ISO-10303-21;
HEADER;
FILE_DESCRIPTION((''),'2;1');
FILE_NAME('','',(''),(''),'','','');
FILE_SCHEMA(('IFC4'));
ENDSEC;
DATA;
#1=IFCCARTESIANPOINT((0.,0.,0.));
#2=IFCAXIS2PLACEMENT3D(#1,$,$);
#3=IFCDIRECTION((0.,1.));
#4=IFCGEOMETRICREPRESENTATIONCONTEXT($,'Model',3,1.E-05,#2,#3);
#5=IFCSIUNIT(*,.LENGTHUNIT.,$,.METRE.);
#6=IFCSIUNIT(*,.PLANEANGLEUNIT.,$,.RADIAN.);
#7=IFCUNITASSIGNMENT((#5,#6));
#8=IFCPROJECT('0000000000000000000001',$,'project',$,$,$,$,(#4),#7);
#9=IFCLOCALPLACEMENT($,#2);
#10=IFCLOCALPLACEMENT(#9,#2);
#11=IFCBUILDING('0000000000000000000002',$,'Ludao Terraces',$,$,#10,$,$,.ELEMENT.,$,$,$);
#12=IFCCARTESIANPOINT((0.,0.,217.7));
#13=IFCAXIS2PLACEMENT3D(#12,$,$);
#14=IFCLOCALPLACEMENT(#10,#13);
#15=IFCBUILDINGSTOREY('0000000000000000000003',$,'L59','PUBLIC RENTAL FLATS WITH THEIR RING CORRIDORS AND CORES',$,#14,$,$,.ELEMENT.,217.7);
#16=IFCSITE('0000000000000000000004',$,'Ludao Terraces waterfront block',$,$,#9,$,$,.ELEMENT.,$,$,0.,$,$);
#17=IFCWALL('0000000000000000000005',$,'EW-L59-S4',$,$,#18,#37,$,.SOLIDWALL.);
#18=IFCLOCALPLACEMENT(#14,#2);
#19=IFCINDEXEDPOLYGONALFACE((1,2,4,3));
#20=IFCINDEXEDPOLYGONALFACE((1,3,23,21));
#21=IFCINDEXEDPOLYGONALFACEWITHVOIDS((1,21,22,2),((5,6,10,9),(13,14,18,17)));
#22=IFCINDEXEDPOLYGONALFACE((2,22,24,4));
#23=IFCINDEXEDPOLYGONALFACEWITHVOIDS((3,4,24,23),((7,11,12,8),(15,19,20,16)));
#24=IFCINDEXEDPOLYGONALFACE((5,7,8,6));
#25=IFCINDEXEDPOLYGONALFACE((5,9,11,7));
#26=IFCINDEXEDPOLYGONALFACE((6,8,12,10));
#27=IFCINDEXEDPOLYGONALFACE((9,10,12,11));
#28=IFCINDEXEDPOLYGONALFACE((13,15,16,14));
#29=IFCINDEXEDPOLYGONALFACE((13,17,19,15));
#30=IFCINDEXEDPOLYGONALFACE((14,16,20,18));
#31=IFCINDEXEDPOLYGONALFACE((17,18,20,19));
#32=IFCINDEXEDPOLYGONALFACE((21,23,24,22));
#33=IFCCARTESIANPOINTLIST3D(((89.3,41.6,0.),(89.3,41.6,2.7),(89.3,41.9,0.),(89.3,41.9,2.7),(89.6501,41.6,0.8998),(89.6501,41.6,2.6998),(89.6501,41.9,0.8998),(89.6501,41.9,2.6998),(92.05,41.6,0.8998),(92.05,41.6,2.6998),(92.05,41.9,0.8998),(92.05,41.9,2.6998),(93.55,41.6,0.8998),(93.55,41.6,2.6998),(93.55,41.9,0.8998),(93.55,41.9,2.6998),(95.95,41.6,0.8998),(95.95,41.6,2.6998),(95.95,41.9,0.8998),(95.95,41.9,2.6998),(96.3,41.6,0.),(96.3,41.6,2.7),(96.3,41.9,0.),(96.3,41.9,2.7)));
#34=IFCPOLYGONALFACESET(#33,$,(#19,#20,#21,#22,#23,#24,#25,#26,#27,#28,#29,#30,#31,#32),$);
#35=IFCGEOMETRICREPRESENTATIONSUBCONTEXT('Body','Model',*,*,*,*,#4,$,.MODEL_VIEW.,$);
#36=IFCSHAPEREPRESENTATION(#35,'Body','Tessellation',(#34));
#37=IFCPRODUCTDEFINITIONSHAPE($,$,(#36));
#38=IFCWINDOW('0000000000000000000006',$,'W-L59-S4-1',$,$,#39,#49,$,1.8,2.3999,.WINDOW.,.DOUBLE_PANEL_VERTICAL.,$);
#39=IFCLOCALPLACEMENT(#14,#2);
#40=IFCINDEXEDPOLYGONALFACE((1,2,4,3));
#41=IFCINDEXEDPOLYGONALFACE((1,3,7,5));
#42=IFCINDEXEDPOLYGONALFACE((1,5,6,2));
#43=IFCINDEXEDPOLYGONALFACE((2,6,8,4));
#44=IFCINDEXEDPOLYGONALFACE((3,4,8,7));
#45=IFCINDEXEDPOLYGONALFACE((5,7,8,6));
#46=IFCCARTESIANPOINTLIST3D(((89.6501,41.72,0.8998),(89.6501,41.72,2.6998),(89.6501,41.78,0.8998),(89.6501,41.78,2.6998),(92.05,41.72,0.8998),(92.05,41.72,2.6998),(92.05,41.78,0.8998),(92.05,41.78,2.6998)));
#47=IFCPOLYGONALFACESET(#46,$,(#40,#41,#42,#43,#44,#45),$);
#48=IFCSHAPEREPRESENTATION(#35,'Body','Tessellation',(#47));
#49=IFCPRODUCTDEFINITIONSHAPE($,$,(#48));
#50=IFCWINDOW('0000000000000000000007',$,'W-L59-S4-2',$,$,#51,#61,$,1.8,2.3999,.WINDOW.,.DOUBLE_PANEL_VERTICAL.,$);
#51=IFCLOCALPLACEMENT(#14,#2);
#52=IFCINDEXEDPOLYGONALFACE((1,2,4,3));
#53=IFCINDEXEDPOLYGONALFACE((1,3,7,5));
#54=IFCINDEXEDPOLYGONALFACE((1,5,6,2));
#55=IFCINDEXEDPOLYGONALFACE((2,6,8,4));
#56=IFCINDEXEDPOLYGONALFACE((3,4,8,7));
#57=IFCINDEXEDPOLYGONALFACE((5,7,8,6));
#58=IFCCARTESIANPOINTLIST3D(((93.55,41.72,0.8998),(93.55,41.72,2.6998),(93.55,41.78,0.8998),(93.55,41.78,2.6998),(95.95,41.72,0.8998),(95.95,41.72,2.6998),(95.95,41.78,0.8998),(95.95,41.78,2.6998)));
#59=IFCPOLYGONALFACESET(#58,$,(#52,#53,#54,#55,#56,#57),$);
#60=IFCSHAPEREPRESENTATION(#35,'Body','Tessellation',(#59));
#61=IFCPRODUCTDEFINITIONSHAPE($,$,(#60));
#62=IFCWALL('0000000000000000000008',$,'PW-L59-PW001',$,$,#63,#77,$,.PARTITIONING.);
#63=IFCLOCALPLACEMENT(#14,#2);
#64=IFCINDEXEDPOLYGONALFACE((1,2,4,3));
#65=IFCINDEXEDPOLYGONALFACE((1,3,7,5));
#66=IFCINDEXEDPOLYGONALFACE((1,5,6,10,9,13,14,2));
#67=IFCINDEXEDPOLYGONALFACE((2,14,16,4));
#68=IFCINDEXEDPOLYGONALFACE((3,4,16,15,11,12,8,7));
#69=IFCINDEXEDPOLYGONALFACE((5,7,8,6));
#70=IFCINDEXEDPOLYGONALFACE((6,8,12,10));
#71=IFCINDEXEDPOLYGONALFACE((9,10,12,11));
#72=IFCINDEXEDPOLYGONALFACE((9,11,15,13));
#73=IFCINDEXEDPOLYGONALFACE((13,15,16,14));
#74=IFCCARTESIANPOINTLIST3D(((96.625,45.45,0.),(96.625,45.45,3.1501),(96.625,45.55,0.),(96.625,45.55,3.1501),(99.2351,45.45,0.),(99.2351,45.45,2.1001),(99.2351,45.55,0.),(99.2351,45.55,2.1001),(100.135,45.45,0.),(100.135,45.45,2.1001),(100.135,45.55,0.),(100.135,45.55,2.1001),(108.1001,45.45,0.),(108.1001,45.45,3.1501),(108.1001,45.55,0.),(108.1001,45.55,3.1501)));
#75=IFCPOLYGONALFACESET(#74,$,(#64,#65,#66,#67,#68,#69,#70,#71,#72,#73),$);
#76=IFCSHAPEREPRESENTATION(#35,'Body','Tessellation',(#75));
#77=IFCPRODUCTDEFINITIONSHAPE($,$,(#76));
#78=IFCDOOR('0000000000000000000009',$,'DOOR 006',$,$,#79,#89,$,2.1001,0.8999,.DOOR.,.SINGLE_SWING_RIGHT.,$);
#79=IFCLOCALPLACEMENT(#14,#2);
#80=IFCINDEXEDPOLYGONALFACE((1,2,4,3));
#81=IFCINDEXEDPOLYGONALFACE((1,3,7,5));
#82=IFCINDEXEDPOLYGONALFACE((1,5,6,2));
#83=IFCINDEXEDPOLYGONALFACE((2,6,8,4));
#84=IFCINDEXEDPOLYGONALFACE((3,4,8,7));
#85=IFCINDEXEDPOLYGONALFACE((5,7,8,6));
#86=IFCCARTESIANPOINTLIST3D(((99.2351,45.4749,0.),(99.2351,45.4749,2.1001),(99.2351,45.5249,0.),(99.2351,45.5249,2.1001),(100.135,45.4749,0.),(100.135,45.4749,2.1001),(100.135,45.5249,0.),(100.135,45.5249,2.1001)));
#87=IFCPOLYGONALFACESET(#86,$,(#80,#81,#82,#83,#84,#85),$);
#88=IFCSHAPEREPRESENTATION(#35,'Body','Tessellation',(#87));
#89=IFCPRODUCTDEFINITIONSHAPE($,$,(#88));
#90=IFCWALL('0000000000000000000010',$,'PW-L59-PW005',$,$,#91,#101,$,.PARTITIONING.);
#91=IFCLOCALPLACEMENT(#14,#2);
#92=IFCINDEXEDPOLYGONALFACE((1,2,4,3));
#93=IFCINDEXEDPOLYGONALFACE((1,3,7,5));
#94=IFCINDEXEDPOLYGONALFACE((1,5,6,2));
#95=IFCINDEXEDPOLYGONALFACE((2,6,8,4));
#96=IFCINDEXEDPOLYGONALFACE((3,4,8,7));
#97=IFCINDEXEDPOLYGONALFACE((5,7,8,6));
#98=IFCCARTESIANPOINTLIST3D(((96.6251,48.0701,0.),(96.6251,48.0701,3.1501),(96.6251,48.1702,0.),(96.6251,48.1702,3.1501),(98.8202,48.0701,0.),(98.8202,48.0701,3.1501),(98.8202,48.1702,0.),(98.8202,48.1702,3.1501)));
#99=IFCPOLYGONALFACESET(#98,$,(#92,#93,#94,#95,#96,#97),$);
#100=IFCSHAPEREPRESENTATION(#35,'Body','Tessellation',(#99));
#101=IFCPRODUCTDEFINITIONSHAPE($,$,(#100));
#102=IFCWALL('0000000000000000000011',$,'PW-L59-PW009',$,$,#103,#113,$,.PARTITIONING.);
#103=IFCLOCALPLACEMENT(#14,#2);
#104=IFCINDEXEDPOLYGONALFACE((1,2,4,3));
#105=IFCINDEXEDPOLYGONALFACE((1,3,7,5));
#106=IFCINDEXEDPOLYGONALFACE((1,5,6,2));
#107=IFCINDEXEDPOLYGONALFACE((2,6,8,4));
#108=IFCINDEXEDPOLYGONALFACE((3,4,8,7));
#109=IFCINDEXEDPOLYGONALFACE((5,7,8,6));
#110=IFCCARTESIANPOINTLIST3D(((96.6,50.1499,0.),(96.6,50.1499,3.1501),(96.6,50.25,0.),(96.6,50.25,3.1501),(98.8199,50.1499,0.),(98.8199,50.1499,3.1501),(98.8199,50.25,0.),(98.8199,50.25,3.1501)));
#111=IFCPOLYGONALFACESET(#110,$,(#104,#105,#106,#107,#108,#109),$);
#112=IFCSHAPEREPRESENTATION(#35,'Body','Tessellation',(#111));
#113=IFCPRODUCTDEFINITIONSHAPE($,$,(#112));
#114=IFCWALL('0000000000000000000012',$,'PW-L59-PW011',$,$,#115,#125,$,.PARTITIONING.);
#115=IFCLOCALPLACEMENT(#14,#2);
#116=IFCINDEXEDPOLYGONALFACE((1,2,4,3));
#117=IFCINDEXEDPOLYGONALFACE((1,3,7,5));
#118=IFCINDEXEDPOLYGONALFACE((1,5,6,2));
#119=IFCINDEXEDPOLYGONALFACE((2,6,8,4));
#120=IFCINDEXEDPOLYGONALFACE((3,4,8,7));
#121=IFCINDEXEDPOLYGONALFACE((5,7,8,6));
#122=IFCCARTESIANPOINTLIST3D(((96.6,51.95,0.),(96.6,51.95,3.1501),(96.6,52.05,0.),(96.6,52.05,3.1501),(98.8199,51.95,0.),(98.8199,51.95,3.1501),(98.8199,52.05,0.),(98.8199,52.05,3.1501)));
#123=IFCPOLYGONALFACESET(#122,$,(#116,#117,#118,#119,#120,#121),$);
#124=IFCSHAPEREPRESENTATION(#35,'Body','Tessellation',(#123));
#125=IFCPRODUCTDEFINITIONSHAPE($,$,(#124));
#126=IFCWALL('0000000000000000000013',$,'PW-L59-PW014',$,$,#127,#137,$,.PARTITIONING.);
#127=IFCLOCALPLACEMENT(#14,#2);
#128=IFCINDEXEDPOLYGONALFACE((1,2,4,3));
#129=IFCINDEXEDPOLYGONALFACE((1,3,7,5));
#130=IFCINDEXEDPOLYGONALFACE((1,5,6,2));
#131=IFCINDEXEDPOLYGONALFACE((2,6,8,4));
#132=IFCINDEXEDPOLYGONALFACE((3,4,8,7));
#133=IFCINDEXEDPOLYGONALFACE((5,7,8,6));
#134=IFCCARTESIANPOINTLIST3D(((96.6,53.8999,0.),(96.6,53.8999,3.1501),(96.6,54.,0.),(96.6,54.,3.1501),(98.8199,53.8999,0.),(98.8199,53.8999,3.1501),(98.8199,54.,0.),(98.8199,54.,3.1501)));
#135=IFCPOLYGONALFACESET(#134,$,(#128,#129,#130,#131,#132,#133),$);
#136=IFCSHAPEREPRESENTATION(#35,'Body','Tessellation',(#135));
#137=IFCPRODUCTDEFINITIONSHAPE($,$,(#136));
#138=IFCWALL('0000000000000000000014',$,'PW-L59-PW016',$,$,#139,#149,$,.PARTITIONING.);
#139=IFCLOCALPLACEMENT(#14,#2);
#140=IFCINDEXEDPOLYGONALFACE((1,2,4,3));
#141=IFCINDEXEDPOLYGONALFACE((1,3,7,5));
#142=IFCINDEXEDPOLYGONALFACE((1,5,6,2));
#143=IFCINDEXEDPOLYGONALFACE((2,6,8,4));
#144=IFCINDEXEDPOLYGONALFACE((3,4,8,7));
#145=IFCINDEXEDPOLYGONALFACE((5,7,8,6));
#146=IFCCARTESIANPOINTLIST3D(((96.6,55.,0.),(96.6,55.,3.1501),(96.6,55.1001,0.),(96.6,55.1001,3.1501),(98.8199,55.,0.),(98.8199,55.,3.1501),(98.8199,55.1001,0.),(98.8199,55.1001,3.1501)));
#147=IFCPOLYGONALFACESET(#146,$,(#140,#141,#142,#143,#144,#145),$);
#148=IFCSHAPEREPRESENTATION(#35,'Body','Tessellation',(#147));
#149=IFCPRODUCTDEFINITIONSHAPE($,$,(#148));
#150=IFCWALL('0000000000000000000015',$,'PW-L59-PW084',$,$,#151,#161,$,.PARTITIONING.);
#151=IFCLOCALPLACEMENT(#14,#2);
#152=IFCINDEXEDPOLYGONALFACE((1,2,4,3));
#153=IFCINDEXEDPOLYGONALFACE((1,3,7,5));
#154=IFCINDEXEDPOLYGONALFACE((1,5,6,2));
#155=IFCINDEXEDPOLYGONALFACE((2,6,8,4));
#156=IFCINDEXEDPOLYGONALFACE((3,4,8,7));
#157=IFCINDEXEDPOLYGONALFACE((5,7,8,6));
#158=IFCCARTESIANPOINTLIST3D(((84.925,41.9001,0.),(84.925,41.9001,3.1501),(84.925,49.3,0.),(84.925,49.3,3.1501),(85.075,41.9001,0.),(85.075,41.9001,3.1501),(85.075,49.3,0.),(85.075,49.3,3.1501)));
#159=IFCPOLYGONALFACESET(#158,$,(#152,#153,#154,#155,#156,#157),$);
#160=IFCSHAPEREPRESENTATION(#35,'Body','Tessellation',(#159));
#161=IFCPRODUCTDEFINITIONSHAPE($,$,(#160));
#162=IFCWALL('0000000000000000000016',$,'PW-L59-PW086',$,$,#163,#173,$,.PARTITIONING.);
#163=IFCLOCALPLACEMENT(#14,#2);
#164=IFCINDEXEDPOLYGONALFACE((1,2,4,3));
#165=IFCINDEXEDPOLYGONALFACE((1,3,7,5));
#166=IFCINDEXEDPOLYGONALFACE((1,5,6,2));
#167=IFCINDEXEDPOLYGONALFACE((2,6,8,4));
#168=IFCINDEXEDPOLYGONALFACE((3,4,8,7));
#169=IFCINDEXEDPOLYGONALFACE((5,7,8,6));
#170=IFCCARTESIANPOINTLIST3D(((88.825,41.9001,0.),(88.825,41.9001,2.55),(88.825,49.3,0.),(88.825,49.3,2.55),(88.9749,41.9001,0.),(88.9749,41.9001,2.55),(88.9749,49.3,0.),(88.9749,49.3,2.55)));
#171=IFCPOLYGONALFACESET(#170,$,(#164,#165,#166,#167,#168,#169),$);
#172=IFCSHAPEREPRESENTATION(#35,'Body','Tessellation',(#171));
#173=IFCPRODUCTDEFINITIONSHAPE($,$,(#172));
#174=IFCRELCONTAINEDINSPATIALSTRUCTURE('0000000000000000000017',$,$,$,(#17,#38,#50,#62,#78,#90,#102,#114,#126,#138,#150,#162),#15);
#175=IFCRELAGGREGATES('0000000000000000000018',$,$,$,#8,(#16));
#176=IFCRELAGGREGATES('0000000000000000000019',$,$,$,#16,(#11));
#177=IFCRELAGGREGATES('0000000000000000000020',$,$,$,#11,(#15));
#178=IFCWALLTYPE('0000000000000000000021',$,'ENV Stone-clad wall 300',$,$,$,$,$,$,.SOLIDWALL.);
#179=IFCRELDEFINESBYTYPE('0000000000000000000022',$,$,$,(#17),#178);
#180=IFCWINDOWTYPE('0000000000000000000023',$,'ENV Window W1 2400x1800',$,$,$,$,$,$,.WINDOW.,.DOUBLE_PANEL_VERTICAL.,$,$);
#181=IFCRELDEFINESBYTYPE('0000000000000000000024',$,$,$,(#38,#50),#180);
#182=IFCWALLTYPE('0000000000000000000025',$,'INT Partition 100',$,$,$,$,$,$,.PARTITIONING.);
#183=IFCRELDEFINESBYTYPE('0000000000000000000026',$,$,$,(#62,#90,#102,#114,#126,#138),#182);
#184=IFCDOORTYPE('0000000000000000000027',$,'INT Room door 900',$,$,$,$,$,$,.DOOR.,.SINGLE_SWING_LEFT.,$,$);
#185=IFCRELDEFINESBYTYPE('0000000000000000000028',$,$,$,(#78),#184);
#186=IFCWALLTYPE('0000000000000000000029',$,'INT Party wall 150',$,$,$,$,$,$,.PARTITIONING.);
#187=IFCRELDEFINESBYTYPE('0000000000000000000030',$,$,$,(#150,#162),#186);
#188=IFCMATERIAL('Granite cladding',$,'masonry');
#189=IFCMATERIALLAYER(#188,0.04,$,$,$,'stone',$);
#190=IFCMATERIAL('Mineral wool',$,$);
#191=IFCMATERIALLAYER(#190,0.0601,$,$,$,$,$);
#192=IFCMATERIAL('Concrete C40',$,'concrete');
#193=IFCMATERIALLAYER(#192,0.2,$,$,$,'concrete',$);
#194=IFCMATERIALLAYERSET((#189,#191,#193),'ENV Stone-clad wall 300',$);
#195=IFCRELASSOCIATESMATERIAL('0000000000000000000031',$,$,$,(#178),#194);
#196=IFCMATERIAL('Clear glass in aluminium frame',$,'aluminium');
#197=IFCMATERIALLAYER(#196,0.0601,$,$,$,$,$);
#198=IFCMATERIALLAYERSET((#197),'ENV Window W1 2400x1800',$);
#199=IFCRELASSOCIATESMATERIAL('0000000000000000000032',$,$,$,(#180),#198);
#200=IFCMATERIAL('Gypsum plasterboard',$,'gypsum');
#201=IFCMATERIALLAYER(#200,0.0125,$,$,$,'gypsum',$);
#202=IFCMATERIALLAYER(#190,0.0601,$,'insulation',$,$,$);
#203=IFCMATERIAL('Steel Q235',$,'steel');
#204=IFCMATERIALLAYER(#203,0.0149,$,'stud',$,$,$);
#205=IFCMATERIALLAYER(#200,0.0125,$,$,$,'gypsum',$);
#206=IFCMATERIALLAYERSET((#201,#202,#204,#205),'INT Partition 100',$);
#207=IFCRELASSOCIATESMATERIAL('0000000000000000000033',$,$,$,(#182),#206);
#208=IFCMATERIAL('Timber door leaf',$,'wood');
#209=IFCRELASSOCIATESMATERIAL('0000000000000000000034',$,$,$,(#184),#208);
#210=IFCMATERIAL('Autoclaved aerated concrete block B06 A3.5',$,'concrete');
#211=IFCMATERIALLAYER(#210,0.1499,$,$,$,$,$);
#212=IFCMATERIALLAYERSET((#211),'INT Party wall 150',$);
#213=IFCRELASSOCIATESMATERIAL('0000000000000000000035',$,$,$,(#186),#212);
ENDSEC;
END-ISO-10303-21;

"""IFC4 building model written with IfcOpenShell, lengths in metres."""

from ifc_helpers import new_model, si_unit, direction, frame, frame_2d, origin, place, context, subcontext, project, spatial, rectangle, extrude, material, layer, layer_set, type_object, element, fill, save


model = new_model("IFC4")

# Units and contexts
model_context = context("Model", 3, precision=1e-05, world=origin(), true_north=direction((0.0, 1.0)))
body_context = subcontext(model_context, "Body", "Model", "MODEL_VIEW")
ifc_project = project(units=[si_unit("LENGTHUNIT", "METRE"), si_unit("PLANEANGLEUNIT", "RADIAN")], contexts=[model_context])

# Site, building, storey
site_placement = place(None, origin())
site = spatial("IfcSite", under=ifc_project, at=site_placement, Name="Ludao Terraces waterfront block", CompositionType="ELEMENT", RefElevation=0.0)
building_placement = place(site_placement, origin())
building = spatial("IfcBuilding", under=site, at=building_placement, Name="Ludao Terraces", CompositionType="ELEMENT")
storey_placement = place(building_placement, frame((0.0, 0.0, 217.7)))
storey = spatial("IfcBuildingStorey", under=building, at=storey_placement, Name="L59", Description="PUBLIC RENTAL FLATS WITH THEIR RING CORRIDORS AND CORES", CompositionType="ELEMENT", Elevation=217.7)

# Shared definitions
ifc_material_1 = material(Name="Concrete C40", Category="concrete")

# Shared definitions
ifc_material_2 = material(Name="Steel Q235", Category="steel")

# Wall, openings, windows
ifc_material_3 = material(Name="Granite cladding", Category="masonry")
ifc_layer_1 = layer(ifc_material_3, 0.04, Category="stone")
ifc_material_4 = material(Name="Mineral wool")
ifc_layer_2 = layer(ifc_material_4, 0.0601)
ifc_layer_3 = layer(ifc_material_1, 0.2, Category="concrete")
ifc_layer_set_1 = layer_set([ifc_layer_1, ifc_layer_2, ifc_layer_3], Name="ENV Stone-clad wall 300")
wall_type_1 = type_object("IfcWallType", Name="ENV Stone-clad wall 300", PredefinedType="SOLIDWALL", material=ifc_layer_set_1)
wall_1_placement = place(storey_placement, frame((89.3, 41.75, 0.0), z_axis=(0.0, 0.0, 1.0), x_axis=(1.0, 0.0, 0.0)))
wall_1 = element("IfcWall", 1, at=wall_1_placement, inside=storey, type_object=wall_type_1, Name="EW-L59-S4", PredefinedType="SOLIDWALL", context=body_context, shape_type="SweptSolid", body=[
    extrude(rectangle(XDim=7.0, YDim=0.3, at=frame_2d((3.5, 0.0))), origin(), (0.0, 0.0, 1.0), 2.7),
])
opening_1_placement = place(wall_1_placement, frame((0.3501, 0.0, 0.8999)))
opening_1 = element("IfcOpeningElement", 2, at=opening_1_placement, cuts=wall_1, PredefinedType="OPENING", context=body_context, shape_type="SweptSolid", body=[
    extrude(rectangle(XDim=2.3999, YDim=1.8, at=frame_2d((1.2, 0.8999))), frame((0.0, 0.1602, 0.0), z_axis=(0.0, -1.0, 0.0), x_axis=(1.0, 0.0, 0.0)), (0.0, 0.0, 1.0), 0.3201),
])
opening_2_placement = place(wall_1_placement, frame((4.25, 0.0, 0.8999)))
opening_2 = element("IfcOpeningElement", 3, at=opening_2_placement, cuts=wall_1, PredefinedType="OPENING", context=body_context, shape_type="SweptSolid", body=[
    extrude(rectangle(XDim=2.3999, YDim=1.8, at=frame_2d((1.2, 0.8999))), frame((0.0, 0.1602, 0.0), z_axis=(0.0, -1.0, 0.0), x_axis=(1.0, 0.0, 0.0)), (0.0, 0.0, 1.0), 0.3201),
])
ifc_material_5 = material(Name="Clear glass in aluminium frame", Category="aluminium")
ifc_layer_4 = layer(ifc_material_5, 0.0601)
ifc_layer_set_2 = layer_set([ifc_layer_4], Name="ENV Window W1 2400x1800")
window_type = type_object("IfcWindowType", Name="ENV Window W1 2400x1800", PartitioningType="DOUBLE_PANEL_VERTICAL", PredefinedType="WINDOW", material=ifc_layer_set_2)
window_1_placement = place(opening_1_placement, origin())
window_1 = element("IfcWindow", 4, at=window_1_placement, inside=storey, type_object=window_type, Name="W-L59-S4-1", OverallHeight=1.8, OverallWidth=2.3999, PartitioningType="DOUBLE_PANEL_VERTICAL", PredefinedType="WINDOW", context=body_context, shape_type="SweptSolid", body=[
    extrude(rectangle(XDim=2.3999, YDim=1.8, at=frame_2d((1.2, 0.8999))), frame((0.0, 0.03, 0.0), z_axis=(0.0, -1.0, 0.0), x_axis=(1.0, 0.0, 0.0)), (0.0, 0.0, 1.0), 0.0601),
])
fill(opening_1, window_1)
window_2_placement = place(opening_2_placement, origin())
window_2 = element("IfcWindow", 5, at=window_2_placement, inside=storey, type_object=window_type, Name="W-L59-S4-2", OverallHeight=1.8, OverallWidth=2.3999, PartitioningType="DOUBLE_PANEL_VERTICAL", PredefinedType="WINDOW", context=body_context, shape_type="SweptSolid", body=[
    extrude(rectangle(XDim=2.3999, YDim=1.8, at=frame_2d((1.2, 0.8999))), frame((0.0, 0.03, 0.0), z_axis=(0.0, -1.0, 0.0), x_axis=(1.0, 0.0, 0.0)), (0.0, 0.0, 1.0), 0.0601),
])
fill(opening_2, window_2)

# Wall, opening, door
ifc_material_6 = material(Name="Gypsum plasterboard", Category="gypsum")
ifc_layer_5 = layer(ifc_material_6, 0.0125, Category="gypsum")
ifc_layer_6 = layer(ifc_material_4, 0.0601, Name="insulation")
ifc_layer_7 = layer(ifc_material_2, 0.0149, Name="stud")
ifc_layer_8 = layer(ifc_material_6, 0.0125, Category="gypsum")
ifc_layer_set_3 = layer_set([ifc_layer_5, ifc_layer_6, ifc_layer_7, ifc_layer_8], Name="INT Partition 100")
wall_type_2 = type_object("IfcWallType", Name="INT Partition 100", PredefinedType="PARTITIONING", material=ifc_layer_set_3)
wall_2_placement = place(storey_placement, frame((96.625, 45.5, 0.0), z_axis=(0.0, 0.0, 1.0), x_axis=(1.0, 0.0, 0.0)))
wall_2 = element("IfcWall", 6, at=wall_2_placement, inside=storey, type_object=wall_type_2, Name="PW-L59-PW001", PredefinedType="PARTITIONING", context=body_context, shape_type="SweptSolid", body=[
    extrude(rectangle(XDim=11.4751, YDim=0.1001, at=frame_2d((5.7375, 0.0))), origin(), (0.0, 0.0, 1.0), 3.1501),
])
opening_3_placement = place(wall_2_placement, frame((2.6101, 0.0, 0.0)))
opening_3 = element("IfcOpeningElement", 7, at=opening_3_placement, cuts=wall_2, PredefinedType="OPENING", context=body_context, shape_type="SweptSolid", body=[
    extrude(rectangle(XDim=0.8999, YDim=2.1001, at=frame_2d((0.45, 1.05))), frame((0.0, 0.0601, 0.0), z_axis=(0.0, -1.0, 0.0), x_axis=(1.0, 0.0, 0.0)), (0.0, 0.0, 1.0), 0.1201),
])
ifc_material_7 = material(Name="Timber door leaf", Category="wood")
door_type_1 = type_object("IfcDoorType", Name="INT Room door 900", OperationType="SINGLE_SWING_LEFT", PredefinedType="DOOR", material=ifc_material_7)
door_1_placement = place(opening_3_placement, origin())
door_1 = element("IfcDoor", 8, at=door_1_placement, inside=storey, type_object=door_type_1, Name="DOOR 006", OperationType="SINGLE_SWING_RIGHT", OverallHeight=2.1001, OverallWidth=0.8999, PredefinedType="DOOR", context=body_context, shape_type="SweptSolid", body=[
    extrude(rectangle(XDim=0.8999, YDim=2.1001, at=frame_2d((0.45, 1.05))), frame((0.0, 0.0249, 0.0), z_axis=(0.0, -1.0, 0.0), x_axis=(1.0, 0.0, 0.0)), (0.0, 0.0, 1.0), 0.05),
])
fill(opening_3, door_1)

# Walls
wall_3_placement = place(storey_placement, frame((96.625, 48.1201, 0.0), z_axis=(0.0, 0.0, 1.0), x_axis=(1.0, 0.0, 0.0)))
element("IfcWall", 9, at=wall_3_placement, inside=storey, type_object=wall_type_2, Name="PW-L59-PW005", PredefinedType="PARTITIONING", context=body_context, shape_type="SweptSolid", body=[
    extrude(rectangle(XDim=2.1951, YDim=0.1001, at=frame_2d((1.0977, 0.0))), origin(), (0.0, 0.0, 1.0), 3.1501),
])
for number, where, z_axis, x_axis, name in (
    (10, (96.6001, 50.2, 0.0), (0.0, 0.0, 1.0), (1.0, 0.0, 0.0), "PW-L59-PW009"),
    (11, (96.6001, 52.0, 0.0), (0.0, 0.0, 1.0), (1.0, 0.0, 0.0), "PW-L59-PW011"),
    (12, (96.6001, 53.95, 0.0), (0.0, 0.0, 1.0), (1.0, 0.0, 0.0), "PW-L59-PW014"),
    (13, (96.6001, 55.05, 0.0), (0.0, 0.0, 1.0), (1.0, 0.0, 0.0), "PW-L59-PW016"),
):
    element("IfcWall", number, at=place(storey_placement, frame(where, z_axis=z_axis, x_axis=x_axis)), inside=storey, type_object=wall_type_2, Name=name, PredefinedType="PARTITIONING", context=body_context, shape_type="SweptSolid", body=[
        extrude(rectangle(XDim=2.22, YDim=0.1001, at=frame_2d((1.1099, 0.0))), origin(), (0.0, 0.0, 1.0), 3.1501),
    ])
ifc_material_8 = material(Name="Autoclaved aerated concrete block B06 A3.5", Category="concrete")
ifc_layer_9 = layer(ifc_material_8, 0.1499)
ifc_layer_set_4 = layer_set([ifc_layer_9], Name="INT Party wall 150")
wall_type_3 = type_object("IfcWallType", Name="INT Party wall 150", PredefinedType="PARTITIONING", material=ifc_layer_set_4)
wall_4_placement = place(storey_placement, frame((85.0, 41.9001, 0.0), z_axis=(0.0, 0.0, 1.0), x_axis=(0.0, 1.0, 0.0)))
element("IfcWall", 14, at=wall_4_placement, inside=storey, type_object=wall_type_3, Name="PW-L59-PW084", PredefinedType="PARTITIONING", context=body_context, shape_type="SweptSolid", body=[
    extrude(rectangle(XDim=7.3999, YDim=0.1499, at=frame_2d((3.7, 0.0))), origin(), (0.0, 0.0, 1.0), 3.1501),
])
wall_5_placement = place(storey_placement, frame((88.8999, 41.9001, 0.0), z_axis=(0.0, 0.0, 1.0), x_axis=(0.0, 1.0, 0.0)))
element("IfcWall", 15, at=wall_5_placement, inside=storey, type_object=wall_type_3, Name="PW-L59-PW086", PredefinedType="PARTITIONING", context=body_context, shape_type="SweptSolid", body=[
    extrude(rectangle(XDim=7.3999, YDim=0.1499, at=frame_2d((3.7, 0.0))), origin(), (0.0, 0.0, 1.0), 2.55),
])

save(model, "model.ifc")
